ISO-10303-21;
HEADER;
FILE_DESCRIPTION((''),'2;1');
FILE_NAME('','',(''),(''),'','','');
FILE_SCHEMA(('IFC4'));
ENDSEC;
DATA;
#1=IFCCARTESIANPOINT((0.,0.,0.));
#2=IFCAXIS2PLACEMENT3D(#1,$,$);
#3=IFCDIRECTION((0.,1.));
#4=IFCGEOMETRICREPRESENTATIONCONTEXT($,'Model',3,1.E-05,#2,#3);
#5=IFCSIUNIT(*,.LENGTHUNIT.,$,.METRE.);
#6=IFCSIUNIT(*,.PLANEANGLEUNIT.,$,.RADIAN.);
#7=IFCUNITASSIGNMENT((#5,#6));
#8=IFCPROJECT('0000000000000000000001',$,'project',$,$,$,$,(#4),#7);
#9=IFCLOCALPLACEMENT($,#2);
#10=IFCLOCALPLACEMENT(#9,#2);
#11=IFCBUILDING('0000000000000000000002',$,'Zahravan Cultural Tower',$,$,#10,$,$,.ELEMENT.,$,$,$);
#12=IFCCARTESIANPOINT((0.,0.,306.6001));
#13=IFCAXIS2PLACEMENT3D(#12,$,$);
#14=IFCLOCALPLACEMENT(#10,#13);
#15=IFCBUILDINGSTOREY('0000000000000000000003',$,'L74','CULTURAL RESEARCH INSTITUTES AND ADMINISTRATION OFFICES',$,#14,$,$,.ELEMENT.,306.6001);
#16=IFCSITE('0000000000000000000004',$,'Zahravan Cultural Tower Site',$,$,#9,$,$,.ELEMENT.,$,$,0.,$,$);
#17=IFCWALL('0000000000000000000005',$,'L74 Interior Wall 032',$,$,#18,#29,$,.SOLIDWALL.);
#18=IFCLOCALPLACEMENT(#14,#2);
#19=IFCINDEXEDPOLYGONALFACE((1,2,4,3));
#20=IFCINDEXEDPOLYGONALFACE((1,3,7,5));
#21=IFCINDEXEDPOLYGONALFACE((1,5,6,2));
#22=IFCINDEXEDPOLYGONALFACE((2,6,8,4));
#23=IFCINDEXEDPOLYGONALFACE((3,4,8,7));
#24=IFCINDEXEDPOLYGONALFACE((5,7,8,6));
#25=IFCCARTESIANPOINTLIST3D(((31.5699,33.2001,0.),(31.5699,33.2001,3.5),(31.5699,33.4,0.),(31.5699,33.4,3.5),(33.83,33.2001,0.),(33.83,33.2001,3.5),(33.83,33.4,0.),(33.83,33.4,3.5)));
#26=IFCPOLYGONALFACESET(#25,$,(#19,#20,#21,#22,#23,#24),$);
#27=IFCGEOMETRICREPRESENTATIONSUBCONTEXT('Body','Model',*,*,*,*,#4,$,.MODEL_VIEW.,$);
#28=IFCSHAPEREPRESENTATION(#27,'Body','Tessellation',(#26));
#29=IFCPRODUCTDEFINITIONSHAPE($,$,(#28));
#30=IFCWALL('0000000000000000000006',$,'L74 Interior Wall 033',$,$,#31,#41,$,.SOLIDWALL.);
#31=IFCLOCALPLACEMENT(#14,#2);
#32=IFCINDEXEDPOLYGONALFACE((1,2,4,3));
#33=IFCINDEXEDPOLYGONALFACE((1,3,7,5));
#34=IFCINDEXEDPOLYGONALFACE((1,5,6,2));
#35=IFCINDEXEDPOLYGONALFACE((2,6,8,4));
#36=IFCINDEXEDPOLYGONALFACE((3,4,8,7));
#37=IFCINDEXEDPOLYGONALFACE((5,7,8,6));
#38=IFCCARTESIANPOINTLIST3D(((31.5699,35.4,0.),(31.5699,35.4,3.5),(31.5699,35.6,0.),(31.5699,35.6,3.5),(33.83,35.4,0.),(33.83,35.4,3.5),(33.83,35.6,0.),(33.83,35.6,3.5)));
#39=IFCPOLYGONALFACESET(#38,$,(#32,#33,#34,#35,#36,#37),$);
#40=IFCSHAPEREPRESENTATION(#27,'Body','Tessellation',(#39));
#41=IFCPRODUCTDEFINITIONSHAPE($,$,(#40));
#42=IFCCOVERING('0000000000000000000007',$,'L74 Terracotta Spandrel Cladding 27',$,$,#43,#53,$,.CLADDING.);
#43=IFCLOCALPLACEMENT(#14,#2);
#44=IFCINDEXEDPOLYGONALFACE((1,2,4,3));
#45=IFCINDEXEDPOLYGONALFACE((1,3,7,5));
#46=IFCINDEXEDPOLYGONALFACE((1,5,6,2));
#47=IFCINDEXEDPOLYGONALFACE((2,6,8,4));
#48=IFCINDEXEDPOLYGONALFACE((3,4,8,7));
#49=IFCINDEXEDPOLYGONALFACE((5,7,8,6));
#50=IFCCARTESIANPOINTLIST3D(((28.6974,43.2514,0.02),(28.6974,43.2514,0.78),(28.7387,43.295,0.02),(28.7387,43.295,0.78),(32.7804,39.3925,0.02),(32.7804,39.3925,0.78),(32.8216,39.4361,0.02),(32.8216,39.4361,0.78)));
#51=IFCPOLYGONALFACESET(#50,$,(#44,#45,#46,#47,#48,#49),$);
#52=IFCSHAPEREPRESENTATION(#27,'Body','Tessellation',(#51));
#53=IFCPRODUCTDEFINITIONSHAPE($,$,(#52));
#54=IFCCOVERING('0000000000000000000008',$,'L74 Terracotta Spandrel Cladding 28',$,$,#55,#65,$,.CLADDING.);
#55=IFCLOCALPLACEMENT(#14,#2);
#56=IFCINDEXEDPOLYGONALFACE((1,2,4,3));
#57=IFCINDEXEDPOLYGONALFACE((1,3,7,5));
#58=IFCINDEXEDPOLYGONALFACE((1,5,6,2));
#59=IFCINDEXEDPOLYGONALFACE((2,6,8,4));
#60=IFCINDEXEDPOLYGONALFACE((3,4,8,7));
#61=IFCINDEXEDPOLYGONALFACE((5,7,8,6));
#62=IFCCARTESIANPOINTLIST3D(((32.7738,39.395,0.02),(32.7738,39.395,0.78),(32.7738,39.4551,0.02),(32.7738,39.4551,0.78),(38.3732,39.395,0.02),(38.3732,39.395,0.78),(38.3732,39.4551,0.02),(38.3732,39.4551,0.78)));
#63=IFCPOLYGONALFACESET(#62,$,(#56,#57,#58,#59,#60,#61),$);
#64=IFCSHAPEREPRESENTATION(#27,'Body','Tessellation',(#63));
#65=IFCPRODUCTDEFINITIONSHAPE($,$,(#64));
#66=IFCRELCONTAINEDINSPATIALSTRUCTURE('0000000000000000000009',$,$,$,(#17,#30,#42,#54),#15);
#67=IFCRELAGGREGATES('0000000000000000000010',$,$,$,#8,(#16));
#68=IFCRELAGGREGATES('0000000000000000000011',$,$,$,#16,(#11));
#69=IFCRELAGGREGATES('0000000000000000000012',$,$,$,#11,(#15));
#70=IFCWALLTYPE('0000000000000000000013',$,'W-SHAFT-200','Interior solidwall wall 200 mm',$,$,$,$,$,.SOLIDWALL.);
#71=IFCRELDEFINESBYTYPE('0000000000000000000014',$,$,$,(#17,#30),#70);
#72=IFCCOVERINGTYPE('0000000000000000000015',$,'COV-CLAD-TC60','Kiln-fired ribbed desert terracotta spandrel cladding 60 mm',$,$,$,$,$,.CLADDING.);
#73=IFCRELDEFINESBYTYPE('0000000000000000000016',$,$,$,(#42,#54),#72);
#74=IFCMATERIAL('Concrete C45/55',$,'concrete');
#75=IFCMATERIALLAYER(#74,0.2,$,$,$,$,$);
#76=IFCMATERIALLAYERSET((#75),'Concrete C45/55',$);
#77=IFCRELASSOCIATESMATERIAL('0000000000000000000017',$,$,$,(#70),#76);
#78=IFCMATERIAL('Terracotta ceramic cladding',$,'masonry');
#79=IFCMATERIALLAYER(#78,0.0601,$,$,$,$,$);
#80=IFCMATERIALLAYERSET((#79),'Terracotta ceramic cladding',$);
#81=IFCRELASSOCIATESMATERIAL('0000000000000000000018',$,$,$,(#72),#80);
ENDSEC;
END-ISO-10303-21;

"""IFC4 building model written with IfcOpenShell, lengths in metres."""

from ifc_helpers import new_model, si_unit, direction, frame, frame_2d, origin, origin_2d, place, context, subcontext, project, spatial, rectangle, extrude, source, transform, mapped, material, layer, layer_set, type_object, element, save


model = new_model("IFC4")

# Units and contexts
model_context = context("Model", 3, precision=1e-05, world=origin(), true_north=direction((0.0, 1.0)))
body_context = subcontext(model_context, "Body", "Model", "MODEL_VIEW")
ifc_project = project(units=[si_unit("LENGTHUNIT", "METRE"), si_unit("PLANEANGLEUNIT", "RADIAN")], contexts=[model_context])

# Site, building, storey
site_placement = place(None, origin())
site = spatial("IfcSite", under=ifc_project, at=site_placement, Name="Zahravan Cultural Tower Site", CompositionType="ELEMENT", RefElevation=0.0)
building_placement = place(site_placement, origin())
building = spatial("IfcBuilding", under=site, at=building_placement, Name="Zahravan Cultural Tower", CompositionType="ELEMENT")
storey_placement = place(building_placement, frame((0.0, 0.0, 306.6001)))
storey = spatial("IfcBuildingStorey", under=building, at=storey_placement, Name="L74", Description="CULTURAL RESEARCH INSTITUTES AND ADMINISTRATION OFFICES", CompositionType="ELEMENT", Elevation=306.6001)

# Shared definitions
ifc_material_1 = material(Name="Concrete C45/55", Category="concrete")

# Shared definitions
ifc_layer_1 = layer(ifc_material_1, 0.2)
ifc_layer_set_1 = layer_set([ifc_layer_1], Name="Concrete C45/55")
wall_type_1 = type_object("IfcWallType", Name="W-SHAFT-200", Description="Interior solidwall wall 200 mm", PredefinedType="SOLIDWALL", material=ifc_layer_set_1)

# Walls
shared_shape_1 = source(origin(), body_context, "Body", "SweptSolid", [
    extrude(rectangle(XDim=2.26, YDim=0.2, at=frame_2d((1.1299, 0.0))), origin(), (0.0, 0.0, 1.0), 3.5),
])
for number, where, z_axis, x_axis, name in (
    (1, (31.5701, 33.3, 0.0), (0.0, 0.0, 1.0), (1.0, 0.0, 0.0), "L74 Interior Wall 032"),
    (2, (31.5701, 35.5, 0.0), (0.0, 0.0, 1.0), (1.0, 0.0, 0.0), "L74 Interior Wall 033"),
):
    element("IfcWall", number, at=place(storey_placement, frame(where, z_axis=z_axis, x_axis=x_axis)), inside=storey, type_object=wall_type_1, Name=name, PredefinedType="SOLIDWALL", context=body_context, shape_type="MappedRepresentation", body=[
        mapped(shared_shape_1, transform((0.0, 0.0, 0.0), x_axis=(1.0, 0.0, 0.0), y_axis=(0.0, 1.0, 0.0), z_axis=(0.0, 0.0, 1.0), scale=1.0)),
    ])

# Coverings
ifc_material_2 = material(Name="Terracotta ceramic cladding", Category="masonry")
ifc_layer_2 = layer(ifc_material_2, 0.0601)
ifc_layer_set_2 = layer_set([ifc_layer_2], Name="Terracotta ceramic cladding")
covering_type = type_object("IfcCoveringType", Name="COV-CLAD-TC60", Description="Kiln-fired ribbed desert terracotta spandrel cladding 60 mm", PredefinedType="CLADDING", material=ifc_layer_set_2)
shared_shape_2 = source(origin(), body_context, "Body", "SweptSolid", [
    extrude(rectangle(XDim=5.6179, YDim=0.0601, at=origin_2d()), origin(), (0.0, 0.0, 1.0), 0.76),
])
covering_1_placement = place(storey_placement, frame((30.7595, 41.3438, 0.02), z_axis=(0.0, 0.0, 1.0), x_axis=(0.726767, -0.686885, 0.0)))
element("IfcCovering", 3, at=covering_1_placement, inside=storey, type_object=covering_type, Name="L74 Terracotta Spandrel Cladding 27", PredefinedType="CLADDING", context=body_context, shape_type="MappedRepresentation", body=[
    mapped(shared_shape_2, transform((0.0, 0.0, 0.0), x_axis=(1.0, 0.0, 0.0), y_axis=(0.0, 1.0, 0.0), z_axis=(0.0, 0.0, 1.0), scale=1.0)),
])
shared_shape_3 = source(origin(), body_context, "Body", "SweptSolid", [
    extrude(rectangle(XDim=5.5994, YDim=0.0601, at=origin_2d()), origin(), (0.0, 0.0, 1.0), 0.76),
])
covering_2_placement = place(storey_placement, frame((35.5735, 39.425, 0.02), z_axis=(0.0, 0.0, 1.0), x_axis=(1.0, 0.0, 0.0)))
element("IfcCovering", 4, at=covering_2_placement, inside=storey, type_object=covering_type, Name="L74 Terracotta Spandrel Cladding 28", PredefinedType="CLADDING", context=body_context, shape_type="MappedRepresentation", body=[
    mapped(shared_shape_3, transform((0.0, 0.0, 0.0), x_axis=(1.0, 0.0, 0.0), y_axis=(0.0, 1.0, 0.0), z_axis=(0.0, 0.0, 1.0), scale=1.0)),
])

save(model, "model.ifc")
